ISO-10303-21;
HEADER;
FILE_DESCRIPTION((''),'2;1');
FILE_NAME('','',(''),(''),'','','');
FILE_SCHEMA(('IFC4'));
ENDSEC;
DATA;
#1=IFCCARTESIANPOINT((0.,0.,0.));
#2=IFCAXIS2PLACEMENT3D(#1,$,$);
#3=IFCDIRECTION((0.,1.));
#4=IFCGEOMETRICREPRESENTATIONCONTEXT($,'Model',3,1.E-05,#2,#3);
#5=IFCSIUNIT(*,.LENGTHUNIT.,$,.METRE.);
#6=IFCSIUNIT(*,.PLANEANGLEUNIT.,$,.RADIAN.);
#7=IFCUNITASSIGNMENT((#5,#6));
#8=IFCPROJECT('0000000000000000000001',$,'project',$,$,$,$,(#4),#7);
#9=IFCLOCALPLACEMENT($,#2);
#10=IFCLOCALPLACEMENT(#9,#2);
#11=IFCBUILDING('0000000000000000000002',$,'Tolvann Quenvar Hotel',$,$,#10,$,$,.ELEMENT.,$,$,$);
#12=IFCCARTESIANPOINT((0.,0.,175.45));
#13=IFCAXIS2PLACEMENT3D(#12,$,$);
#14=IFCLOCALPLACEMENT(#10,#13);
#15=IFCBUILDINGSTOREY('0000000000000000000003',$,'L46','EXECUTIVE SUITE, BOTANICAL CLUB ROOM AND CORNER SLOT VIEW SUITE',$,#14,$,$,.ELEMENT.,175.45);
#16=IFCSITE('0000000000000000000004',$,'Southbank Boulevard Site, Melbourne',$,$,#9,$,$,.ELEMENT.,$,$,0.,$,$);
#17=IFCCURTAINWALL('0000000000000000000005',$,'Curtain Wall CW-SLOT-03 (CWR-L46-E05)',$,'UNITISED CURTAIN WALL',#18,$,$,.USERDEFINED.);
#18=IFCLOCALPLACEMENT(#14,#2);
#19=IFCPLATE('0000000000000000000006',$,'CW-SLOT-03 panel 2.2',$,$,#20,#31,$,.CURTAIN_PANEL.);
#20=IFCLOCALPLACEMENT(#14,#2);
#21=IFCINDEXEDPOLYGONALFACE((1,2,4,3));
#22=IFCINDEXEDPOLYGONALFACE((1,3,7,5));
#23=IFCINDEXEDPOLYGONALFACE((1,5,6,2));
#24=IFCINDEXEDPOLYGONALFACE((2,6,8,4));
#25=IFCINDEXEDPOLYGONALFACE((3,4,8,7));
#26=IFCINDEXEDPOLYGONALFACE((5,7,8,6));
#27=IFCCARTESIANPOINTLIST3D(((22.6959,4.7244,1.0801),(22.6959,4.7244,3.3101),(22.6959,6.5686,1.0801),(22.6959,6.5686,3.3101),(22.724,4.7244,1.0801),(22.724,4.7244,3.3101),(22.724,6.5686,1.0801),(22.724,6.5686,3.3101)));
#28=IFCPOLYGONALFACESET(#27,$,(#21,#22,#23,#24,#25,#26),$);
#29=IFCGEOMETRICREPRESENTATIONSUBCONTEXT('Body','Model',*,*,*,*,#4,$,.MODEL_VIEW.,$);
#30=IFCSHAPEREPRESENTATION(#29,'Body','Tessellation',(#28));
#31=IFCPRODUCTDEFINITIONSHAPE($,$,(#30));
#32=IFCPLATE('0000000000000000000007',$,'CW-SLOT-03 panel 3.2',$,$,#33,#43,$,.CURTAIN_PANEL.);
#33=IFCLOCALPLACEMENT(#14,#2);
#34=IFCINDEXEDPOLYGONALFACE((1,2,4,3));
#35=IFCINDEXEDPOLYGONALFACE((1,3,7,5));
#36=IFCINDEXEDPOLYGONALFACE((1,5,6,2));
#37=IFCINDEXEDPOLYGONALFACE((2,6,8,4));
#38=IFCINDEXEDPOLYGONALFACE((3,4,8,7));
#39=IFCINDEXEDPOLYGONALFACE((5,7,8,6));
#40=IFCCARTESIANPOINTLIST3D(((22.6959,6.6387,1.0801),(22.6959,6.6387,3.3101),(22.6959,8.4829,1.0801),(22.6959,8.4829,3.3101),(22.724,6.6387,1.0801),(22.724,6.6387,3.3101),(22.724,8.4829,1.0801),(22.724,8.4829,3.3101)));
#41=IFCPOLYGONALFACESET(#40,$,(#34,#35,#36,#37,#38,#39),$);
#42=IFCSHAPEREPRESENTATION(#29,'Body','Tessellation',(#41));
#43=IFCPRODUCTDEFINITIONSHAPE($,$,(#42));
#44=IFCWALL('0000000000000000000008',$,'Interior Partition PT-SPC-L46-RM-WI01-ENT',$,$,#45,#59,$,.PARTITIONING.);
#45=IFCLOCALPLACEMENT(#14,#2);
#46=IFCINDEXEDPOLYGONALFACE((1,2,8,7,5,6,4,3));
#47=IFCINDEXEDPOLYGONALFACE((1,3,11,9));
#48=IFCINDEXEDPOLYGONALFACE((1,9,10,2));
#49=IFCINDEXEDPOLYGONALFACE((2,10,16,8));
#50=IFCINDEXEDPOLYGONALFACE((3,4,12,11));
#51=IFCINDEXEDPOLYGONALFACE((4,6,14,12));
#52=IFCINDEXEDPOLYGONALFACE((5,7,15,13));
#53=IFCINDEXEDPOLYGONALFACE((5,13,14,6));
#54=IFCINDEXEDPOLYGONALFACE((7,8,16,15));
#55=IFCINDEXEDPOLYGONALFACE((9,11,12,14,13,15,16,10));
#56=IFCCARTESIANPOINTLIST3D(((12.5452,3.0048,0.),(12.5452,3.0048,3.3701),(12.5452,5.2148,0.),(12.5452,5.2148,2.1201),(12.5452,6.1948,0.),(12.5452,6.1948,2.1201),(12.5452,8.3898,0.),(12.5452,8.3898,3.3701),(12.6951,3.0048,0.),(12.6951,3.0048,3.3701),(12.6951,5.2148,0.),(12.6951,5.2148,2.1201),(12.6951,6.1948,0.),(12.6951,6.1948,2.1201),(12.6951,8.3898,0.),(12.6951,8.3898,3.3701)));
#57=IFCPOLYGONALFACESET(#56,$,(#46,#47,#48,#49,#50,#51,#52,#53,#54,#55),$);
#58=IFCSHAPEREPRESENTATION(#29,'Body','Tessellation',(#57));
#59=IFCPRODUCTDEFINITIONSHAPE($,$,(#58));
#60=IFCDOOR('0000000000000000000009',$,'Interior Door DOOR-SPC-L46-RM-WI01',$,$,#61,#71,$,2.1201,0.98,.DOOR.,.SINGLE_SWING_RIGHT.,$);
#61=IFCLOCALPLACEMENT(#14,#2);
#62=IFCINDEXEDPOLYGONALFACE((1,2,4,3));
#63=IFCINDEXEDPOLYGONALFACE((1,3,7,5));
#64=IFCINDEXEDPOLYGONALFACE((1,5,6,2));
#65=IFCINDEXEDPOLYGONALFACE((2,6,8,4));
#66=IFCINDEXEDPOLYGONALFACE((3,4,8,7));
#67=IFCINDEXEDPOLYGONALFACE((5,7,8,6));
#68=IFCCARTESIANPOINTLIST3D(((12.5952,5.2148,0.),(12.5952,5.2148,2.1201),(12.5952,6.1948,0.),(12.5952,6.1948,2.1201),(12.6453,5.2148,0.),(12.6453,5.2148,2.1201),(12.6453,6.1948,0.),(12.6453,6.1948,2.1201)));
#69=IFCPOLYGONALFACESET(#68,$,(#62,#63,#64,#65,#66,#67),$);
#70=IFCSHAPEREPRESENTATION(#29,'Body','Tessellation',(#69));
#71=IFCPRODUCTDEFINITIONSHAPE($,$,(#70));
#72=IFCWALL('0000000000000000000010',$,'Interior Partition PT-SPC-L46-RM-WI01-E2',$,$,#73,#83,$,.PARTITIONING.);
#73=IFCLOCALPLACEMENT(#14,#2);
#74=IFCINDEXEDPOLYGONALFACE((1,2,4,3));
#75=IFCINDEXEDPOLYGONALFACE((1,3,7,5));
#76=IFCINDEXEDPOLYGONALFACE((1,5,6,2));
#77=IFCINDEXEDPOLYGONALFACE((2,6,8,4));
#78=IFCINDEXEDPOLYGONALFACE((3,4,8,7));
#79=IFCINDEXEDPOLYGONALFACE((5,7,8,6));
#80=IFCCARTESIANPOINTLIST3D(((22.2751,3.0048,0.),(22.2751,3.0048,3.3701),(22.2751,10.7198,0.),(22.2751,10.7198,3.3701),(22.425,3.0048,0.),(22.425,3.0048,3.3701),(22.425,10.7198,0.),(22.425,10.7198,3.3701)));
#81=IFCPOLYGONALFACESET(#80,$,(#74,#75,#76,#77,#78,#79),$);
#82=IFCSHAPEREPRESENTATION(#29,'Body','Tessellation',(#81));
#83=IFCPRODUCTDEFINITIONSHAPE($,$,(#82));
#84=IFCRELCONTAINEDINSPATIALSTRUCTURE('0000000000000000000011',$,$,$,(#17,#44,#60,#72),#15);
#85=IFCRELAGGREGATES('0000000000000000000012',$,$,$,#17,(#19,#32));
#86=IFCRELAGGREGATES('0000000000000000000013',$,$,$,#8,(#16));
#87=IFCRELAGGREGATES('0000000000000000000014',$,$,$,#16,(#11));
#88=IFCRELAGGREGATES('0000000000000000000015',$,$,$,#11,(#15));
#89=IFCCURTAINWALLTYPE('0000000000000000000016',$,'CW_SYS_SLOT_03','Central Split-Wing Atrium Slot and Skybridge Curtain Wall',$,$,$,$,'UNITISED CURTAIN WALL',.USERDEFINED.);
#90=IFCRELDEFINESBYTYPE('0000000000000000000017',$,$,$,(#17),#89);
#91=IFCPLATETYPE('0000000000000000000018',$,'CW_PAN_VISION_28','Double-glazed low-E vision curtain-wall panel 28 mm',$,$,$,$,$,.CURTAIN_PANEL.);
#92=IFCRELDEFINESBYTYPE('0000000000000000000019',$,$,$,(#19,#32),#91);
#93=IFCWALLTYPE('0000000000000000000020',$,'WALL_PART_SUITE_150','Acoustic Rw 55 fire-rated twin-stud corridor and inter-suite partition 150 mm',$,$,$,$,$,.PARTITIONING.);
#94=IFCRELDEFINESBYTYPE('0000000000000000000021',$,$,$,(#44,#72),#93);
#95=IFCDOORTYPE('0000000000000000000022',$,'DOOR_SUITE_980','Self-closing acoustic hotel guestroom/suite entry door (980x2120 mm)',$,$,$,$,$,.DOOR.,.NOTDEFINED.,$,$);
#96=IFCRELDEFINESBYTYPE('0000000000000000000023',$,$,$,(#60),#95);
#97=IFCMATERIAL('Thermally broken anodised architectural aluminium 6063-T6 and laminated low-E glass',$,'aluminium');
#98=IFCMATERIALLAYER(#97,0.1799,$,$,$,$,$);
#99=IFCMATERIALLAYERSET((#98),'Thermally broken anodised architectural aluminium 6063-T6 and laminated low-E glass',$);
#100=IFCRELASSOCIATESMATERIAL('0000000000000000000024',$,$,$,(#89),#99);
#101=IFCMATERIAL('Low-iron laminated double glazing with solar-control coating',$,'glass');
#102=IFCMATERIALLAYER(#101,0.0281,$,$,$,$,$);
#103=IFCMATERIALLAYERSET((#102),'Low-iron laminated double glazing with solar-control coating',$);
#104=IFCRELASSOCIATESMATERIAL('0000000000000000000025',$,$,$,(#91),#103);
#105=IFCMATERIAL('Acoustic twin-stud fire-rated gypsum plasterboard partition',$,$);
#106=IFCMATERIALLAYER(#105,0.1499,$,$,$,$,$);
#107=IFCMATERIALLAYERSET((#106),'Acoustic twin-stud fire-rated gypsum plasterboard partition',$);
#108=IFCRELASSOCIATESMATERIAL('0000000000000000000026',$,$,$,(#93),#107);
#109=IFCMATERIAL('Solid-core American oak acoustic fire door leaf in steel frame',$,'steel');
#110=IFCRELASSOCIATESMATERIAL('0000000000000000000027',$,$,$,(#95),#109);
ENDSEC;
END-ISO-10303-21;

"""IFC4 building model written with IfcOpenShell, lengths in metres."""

from ifc_helpers import new_model, si_unit, direction, frame, frame_2d, origin, origin_2d, place, context, subcontext, project, spatial, rectangle, extrude, source, transform, mapped, material, layer, layer_set, type_object, type_shapes, element, fill, aggregate, save


model = new_model("IFC4")

# Units and contexts
model_context = context("Model", 3, precision=1e-05, world=origin(), true_north=direction((0.0, 1.0)))
body_context = subcontext(model_context, "Body", "Model", "MODEL_VIEW")
ifc_project = project(units=[si_unit("LENGTHUNIT", "METRE"), si_unit("PLANEANGLEUNIT", "RADIAN")], contexts=[model_context])

# Site, building, storey
site_placement = place(None, origin())
site = spatial("IfcSite", under=ifc_project, at=site_placement, Name="Southbank Boulevard Site, Melbourne", CompositionType="ELEMENT", RefElevation=0.0)
building_placement = place(site_placement, origin())
building = spatial("IfcBuilding", under=site, at=building_placement, Name="Tolvann Quenvar Hotel", CompositionType="ELEMENT")
storey_placement = place(building_placement, frame((0.0, 0.0, 175.45)))
storey = spatial("IfcBuildingStorey", under=building, at=storey_placement, Name="L46", Description="EXECUTIVE SUITE, BOTANICAL CLUB ROOM AND CORNER SLOT VIEW SUITE", CompositionType="ELEMENT", Elevation=175.45)

# Curtain wall, plates
ifc_material_1 = material(Name="Thermally broken anodised architectural aluminium 6063-T6 and laminated low-E glass", Category="aluminium")
ifc_layer_1 = layer(ifc_material_1, 0.1799)
ifc_layer_set_1 = layer_set([ifc_layer_1], Name="Thermally broken anodised architectural aluminium 6063-T6 and laminated low-E glass")
curtain_wall_type = type_object("IfcCurtainWallType", Name="CW_SYS_SLOT_03", Description="Central Split-Wing Atrium Slot and Skybridge Curtain Wall", ElementType="UNITISED CURTAIN WALL", PredefinedType="USERDEFINED", material=ifc_layer_set_1)
curtain_wall_placement = place(storey_placement, origin())
curtain_wall = element("IfcCurtainWall", 1, at=curtain_wall_placement, inside=storey, type_object=curtain_wall_type, Name="Curtain Wall CW-SLOT-03 (CWR-L46-E05)", ObjectType="UNITISED CURTAIN WALL", PredefinedType="USERDEFINED")
ifc_material_2 = material(Name="Low-iron laminated double glazing with solar-control coating", Category="glass")
ifc_layer_2 = layer(ifc_material_2, 0.0281)
ifc_layer_set_2 = layer_set([ifc_layer_2], Name="Low-iron laminated double glazing with solar-control coating")
plate_type = type_object("IfcPlateType", Name="CW_PAN_VISION_28", Description="Double-glazed low-E vision curtain-wall panel 28 mm", PredefinedType="CURTAIN_PANEL", material=ifc_layer_set_2)
shared_shape_1 = source(origin(), body_context, "Body", "SweptSolid", [
    extrude(rectangle(XDim=1.8442, YDim=0.0281, at=origin_2d()), origin(), (0.0, 0.0, 1.0), 2.23),
])
plate_1_placement = place(storey_placement, frame((22.71, 5.6465, 1.0801), z_axis=(0.0, 0.0, 1.0), x_axis=(0.0, 1.0, 0.0)))
plate_1 = element("IfcPlate", 2, at=plate_1_placement, type_object=plate_type, Name="CW-SLOT-03 panel 2.2", PredefinedType="CURTAIN_PANEL", context=body_context, shape_type="MappedRepresentation", body=[
    mapped(shared_shape_1, transform((0.0, 0.0, 0.0), x_axis=(1.0, 0.0, 0.0), y_axis=(0.0, 1.0, 0.0), z_axis=(0.0, 0.0, 1.0), scale=1.0)),
])
plate_2_placement = place(storey_placement, frame((22.71, 7.5608, 1.0801), z_axis=(0.0, 0.0, 1.0), x_axis=(0.0, 1.0, 0.0)))
plate_2 = element("IfcPlate", 3, at=plate_2_placement, type_object=plate_type, Name="CW-SLOT-03 panel 3.2", PredefinedType="CURTAIN_PANEL", context=body_context, shape_type="MappedRepresentation", body=[
    mapped(shared_shape_1, transform((0.0, 0.0, 0.0), x_axis=(1.0, 0.0, 0.0), y_axis=(0.0, 1.0, 0.0), z_axis=(0.0, 0.0, 1.0), scale=1.0)),
])
aggregate(curtain_wall, [plate_1, plate_2])

# Wall, opening, door
ifc_material_3 = material(Name="Acoustic twin-stud fire-rated gypsum plasterboard partition")
ifc_layer_3 = layer(ifc_material_3, 0.1499)
ifc_layer_set_3 = layer_set([ifc_layer_3], Name="Acoustic twin-stud fire-rated gypsum plasterboard partition")
wall_type = type_object("IfcWallType", Name="WALL_PART_SUITE_150", Description="Acoustic Rw 55 fire-rated twin-stud corridor and inter-suite partition 150 mm", PredefinedType="PARTITIONING", material=ifc_layer_set_3)
wall_1_placement = place(storey_placement, frame((12.6201, 3.0049, 0.0), z_axis=(0.0, 0.0, 1.0), x_axis=(0.0, 1.0, 0.0)))
wall_1 = element("IfcWall", 4, at=wall_1_placement, inside=storey, type_object=wall_type, Name="Interior Partition PT-SPC-L46-RM-WI01-ENT", PredefinedType="PARTITIONING", context=body_context, shape_type="SweptSolid", body=[
    extrude(rectangle(XDim=5.385, YDim=0.1499, at=frame_2d((2.6924, 0.0))), origin(), (0.0, 0.0, 1.0), 3.3701),
])
opening_placement = place(wall_1_placement, frame((2.21, 0.0, 0.0)))
opening = element("IfcOpeningElement", 5, at=opening_placement, cuts=wall_1, PredefinedType="OPENING", context=body_context, shape_type="SweptSolid", body=[
    extrude(rectangle(XDim=0.98, YDim=2.1201, at=frame_2d((0.49, 1.0601))), frame((0.0, 0.085, 0.0), z_axis=(0.0, -1.0, 0.0), x_axis=(1.0, 0.0, 0.0)), (0.0, 0.0, 1.0), 0.1699),
])
ifc_material_4 = material(Name="Solid-core American oak acoustic fire door leaf in steel frame", Category="steel")
door_type = type_object("IfcDoorType", Name="DOOR_SUITE_980", Description="Self-closing acoustic hotel guestroom/suite entry door (980x2120 mm)", OperationType="NOTDEFINED", PredefinedType="DOOR", material=ifc_material_4)
shared_shape_2 = source(origin(), body_context, "Body", "SweptSolid", [
    extrude(rectangle(XDim=0.98, YDim=2.1201, at=frame_2d((0.49, 1.0601))), frame((0.0, 0.0249, 0.0), z_axis=(0.0, -1.0, 0.0), x_axis=(1.0, 0.0, 0.0)), (0.0, 0.0, 1.0), 0.05),
])
type_shapes(door_type, [shared_shape_2])
door_placement = place(opening_placement, origin())
door = element("IfcDoor", 6, at=door_placement, inside=storey, type_object=door_type, Name="Interior Door DOOR-SPC-L46-RM-WI01", OperationType="SINGLE_SWING_RIGHT", OverallHeight=2.1201, OverallWidth=0.98, PredefinedType="DOOR", context=body_context, shape_type="MappedRepresentation", body=[
    mapped(shared_shape_2, transform((0.0, 0.0, 0.0), x_axis=(1.0, 0.0, 0.0), y_axis=(0.0, 1.0, 0.0), z_axis=(0.0, 0.0, 1.0), scale=1.0)),
])
fill(opening, door)

# Wall
wall_2_placement = place(storey_placement, frame((22.3501, 3.0049, 0.0), z_axis=(0.0, 0.0, 1.0), x_axis=(0.0, 1.0, 0.0)))
element("IfcWall", 7, at=wall_2_placement, inside=storey, type_object=wall_type, Name="Interior Partition PT-SPC-L46-RM-WI01-E2", PredefinedType="PARTITIONING", context=body_context, shape_type="SweptSolid", body=[
    extrude(rectangle(XDim=7.7151, YDim=0.1499, at=frame_2d((3.8574, 0.0))), origin(), (0.0, 0.0, 1.0), 3.3701),
])

save(model, "model.ifc")
